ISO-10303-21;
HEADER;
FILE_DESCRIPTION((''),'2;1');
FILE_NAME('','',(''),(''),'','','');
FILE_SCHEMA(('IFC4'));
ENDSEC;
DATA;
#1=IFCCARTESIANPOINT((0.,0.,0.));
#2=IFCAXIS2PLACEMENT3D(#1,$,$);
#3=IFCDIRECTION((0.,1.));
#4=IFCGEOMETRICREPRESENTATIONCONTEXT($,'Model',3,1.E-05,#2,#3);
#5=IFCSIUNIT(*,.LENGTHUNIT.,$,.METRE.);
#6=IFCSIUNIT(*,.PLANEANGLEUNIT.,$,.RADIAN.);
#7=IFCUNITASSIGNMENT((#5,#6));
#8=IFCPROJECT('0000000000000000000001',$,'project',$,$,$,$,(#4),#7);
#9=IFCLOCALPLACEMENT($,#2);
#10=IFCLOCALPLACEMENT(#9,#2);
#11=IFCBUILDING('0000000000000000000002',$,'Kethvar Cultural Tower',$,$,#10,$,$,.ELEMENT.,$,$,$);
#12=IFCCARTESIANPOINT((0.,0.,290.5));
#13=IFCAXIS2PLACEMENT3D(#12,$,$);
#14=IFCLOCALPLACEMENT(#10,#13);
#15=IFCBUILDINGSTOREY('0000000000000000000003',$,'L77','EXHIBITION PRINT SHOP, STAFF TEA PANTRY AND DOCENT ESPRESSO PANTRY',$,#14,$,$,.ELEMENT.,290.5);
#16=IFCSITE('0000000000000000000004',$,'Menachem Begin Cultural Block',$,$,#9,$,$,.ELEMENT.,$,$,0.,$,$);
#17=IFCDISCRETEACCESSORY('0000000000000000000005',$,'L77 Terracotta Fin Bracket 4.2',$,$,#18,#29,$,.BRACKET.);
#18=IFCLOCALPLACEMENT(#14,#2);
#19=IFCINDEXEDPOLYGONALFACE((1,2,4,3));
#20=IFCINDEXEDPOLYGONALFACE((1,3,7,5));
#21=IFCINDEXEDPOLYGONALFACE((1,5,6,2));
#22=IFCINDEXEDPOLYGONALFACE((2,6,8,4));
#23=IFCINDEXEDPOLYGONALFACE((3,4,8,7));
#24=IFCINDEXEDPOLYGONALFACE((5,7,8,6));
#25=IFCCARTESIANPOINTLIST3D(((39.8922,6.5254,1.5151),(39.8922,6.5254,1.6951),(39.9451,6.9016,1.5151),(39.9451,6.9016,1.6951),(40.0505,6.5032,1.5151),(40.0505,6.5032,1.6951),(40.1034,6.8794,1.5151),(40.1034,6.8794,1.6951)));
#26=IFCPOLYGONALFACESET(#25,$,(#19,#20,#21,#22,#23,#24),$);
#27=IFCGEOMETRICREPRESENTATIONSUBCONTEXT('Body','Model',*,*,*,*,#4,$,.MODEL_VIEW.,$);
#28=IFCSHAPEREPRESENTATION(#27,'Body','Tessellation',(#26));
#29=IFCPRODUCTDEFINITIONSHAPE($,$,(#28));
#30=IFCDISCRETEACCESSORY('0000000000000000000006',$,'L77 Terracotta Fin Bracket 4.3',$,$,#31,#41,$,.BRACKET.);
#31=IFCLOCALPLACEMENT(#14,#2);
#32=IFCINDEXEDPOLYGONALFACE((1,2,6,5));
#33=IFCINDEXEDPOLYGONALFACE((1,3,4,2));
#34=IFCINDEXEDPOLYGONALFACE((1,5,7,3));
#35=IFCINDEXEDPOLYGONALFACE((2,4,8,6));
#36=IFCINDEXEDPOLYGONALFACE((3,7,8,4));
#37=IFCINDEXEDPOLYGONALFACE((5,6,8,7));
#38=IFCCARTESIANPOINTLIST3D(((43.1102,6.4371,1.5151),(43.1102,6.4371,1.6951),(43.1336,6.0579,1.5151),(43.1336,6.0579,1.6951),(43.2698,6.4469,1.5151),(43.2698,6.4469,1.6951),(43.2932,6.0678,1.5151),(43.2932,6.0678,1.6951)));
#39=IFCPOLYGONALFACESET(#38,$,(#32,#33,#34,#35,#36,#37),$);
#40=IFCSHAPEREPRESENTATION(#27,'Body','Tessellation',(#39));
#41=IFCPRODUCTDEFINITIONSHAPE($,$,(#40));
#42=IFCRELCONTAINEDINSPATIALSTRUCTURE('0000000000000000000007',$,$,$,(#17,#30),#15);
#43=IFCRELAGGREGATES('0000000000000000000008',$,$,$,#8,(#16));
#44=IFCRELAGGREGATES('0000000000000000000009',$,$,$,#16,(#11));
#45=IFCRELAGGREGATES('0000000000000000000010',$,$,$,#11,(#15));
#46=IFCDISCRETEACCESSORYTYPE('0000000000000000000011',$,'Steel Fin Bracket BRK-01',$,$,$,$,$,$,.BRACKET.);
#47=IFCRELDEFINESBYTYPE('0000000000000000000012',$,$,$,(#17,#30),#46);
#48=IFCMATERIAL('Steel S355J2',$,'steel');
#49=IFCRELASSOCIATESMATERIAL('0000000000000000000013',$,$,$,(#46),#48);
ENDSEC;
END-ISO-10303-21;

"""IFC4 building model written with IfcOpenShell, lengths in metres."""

from ifc_helpers import new_model, si_unit, direction, frame, origin, origin_2d, place, context, subcontext, project, spatial, rectangle, extrude, source, transform, mapped, material, type_object, element, save


model = new_model("IFC4")

# Units and contexts
model_context = context("Model", 3, precision=1e-05, world=origin(), true_north=direction((0.0, 1.0)))
body_context = subcontext(model_context, "Body", "Model", "MODEL_VIEW")
ifc_project = project(units=[si_unit("LENGTHUNIT", "METRE"), si_unit("PLANEANGLEUNIT", "RADIAN")], contexts=[model_context])

# Site, building, storey
site_placement = place(None, origin())
site = spatial("IfcSite", under=ifc_project, at=site_placement, Name="Menachem Begin Cultural Block", CompositionType="ELEMENT", RefElevation=0.0)
building_placement = place(site_placement, origin())
building = spatial("IfcBuilding", under=site, at=building_placement, Name="Kethvar Cultural Tower", CompositionType="ELEMENT")
storey_placement = place(building_placement, frame((0.0, 0.0, 290.5)))
storey = spatial("IfcBuildingStorey", under=building, at=storey_placement, Name="L77", Description="EXHIBITION PRINT SHOP, STAFF TEA PANTRY AND DOCENT ESPRESSO PANTRY", CompositionType="ELEMENT", Elevation=290.5)

# Shared definitions
ifc_material_1 = material(Name="Steel S355J2", Category="steel")

# Discrete accessories
discrete_accessory_type = type_object("IfcDiscreteAccessoryType", Name="Steel Fin Bracket BRK-01", PredefinedType="BRACKET", material=ifc_material_1)
shared_shape_1 = source(origin(), body_context, "Body", "SweptSolid", [
    extrude(rectangle(XDim=0.3799, YDim=0.1599, at=origin_2d()), origin(), (0.0, 0.0, 1.0), 0.1799),
])
for number, where, z_axis, x_axis, name in (
    (1, (39.9978, 6.7024, 1.5151), (0.0, 0.0, 1.0), (-0.139173, -0.990268, 0.0), "L77 Terracotta Fin Bracket 4.2"),
    (2, (43.2017, 6.2524, 1.5151), (0.0, 0.0, 1.0), (0.061571, -0.998103, 0.0), "L77 Terracotta Fin Bracket 4.3"),
):
    element("IfcDiscreteAccessory", number, at=place(storey_placement, frame(where, z_axis=z_axis, x_axis=x_axis)), inside=storey, type_object=discrete_accessory_type, Name=name, PredefinedType="BRACKET", context=body_context, shape_type="MappedRepresentation", body=[
        mapped(shared_shape_1, transform((0.0, 0.0, 0.0), scale=1.0)),
    ])

save(model, "model.ifc")
